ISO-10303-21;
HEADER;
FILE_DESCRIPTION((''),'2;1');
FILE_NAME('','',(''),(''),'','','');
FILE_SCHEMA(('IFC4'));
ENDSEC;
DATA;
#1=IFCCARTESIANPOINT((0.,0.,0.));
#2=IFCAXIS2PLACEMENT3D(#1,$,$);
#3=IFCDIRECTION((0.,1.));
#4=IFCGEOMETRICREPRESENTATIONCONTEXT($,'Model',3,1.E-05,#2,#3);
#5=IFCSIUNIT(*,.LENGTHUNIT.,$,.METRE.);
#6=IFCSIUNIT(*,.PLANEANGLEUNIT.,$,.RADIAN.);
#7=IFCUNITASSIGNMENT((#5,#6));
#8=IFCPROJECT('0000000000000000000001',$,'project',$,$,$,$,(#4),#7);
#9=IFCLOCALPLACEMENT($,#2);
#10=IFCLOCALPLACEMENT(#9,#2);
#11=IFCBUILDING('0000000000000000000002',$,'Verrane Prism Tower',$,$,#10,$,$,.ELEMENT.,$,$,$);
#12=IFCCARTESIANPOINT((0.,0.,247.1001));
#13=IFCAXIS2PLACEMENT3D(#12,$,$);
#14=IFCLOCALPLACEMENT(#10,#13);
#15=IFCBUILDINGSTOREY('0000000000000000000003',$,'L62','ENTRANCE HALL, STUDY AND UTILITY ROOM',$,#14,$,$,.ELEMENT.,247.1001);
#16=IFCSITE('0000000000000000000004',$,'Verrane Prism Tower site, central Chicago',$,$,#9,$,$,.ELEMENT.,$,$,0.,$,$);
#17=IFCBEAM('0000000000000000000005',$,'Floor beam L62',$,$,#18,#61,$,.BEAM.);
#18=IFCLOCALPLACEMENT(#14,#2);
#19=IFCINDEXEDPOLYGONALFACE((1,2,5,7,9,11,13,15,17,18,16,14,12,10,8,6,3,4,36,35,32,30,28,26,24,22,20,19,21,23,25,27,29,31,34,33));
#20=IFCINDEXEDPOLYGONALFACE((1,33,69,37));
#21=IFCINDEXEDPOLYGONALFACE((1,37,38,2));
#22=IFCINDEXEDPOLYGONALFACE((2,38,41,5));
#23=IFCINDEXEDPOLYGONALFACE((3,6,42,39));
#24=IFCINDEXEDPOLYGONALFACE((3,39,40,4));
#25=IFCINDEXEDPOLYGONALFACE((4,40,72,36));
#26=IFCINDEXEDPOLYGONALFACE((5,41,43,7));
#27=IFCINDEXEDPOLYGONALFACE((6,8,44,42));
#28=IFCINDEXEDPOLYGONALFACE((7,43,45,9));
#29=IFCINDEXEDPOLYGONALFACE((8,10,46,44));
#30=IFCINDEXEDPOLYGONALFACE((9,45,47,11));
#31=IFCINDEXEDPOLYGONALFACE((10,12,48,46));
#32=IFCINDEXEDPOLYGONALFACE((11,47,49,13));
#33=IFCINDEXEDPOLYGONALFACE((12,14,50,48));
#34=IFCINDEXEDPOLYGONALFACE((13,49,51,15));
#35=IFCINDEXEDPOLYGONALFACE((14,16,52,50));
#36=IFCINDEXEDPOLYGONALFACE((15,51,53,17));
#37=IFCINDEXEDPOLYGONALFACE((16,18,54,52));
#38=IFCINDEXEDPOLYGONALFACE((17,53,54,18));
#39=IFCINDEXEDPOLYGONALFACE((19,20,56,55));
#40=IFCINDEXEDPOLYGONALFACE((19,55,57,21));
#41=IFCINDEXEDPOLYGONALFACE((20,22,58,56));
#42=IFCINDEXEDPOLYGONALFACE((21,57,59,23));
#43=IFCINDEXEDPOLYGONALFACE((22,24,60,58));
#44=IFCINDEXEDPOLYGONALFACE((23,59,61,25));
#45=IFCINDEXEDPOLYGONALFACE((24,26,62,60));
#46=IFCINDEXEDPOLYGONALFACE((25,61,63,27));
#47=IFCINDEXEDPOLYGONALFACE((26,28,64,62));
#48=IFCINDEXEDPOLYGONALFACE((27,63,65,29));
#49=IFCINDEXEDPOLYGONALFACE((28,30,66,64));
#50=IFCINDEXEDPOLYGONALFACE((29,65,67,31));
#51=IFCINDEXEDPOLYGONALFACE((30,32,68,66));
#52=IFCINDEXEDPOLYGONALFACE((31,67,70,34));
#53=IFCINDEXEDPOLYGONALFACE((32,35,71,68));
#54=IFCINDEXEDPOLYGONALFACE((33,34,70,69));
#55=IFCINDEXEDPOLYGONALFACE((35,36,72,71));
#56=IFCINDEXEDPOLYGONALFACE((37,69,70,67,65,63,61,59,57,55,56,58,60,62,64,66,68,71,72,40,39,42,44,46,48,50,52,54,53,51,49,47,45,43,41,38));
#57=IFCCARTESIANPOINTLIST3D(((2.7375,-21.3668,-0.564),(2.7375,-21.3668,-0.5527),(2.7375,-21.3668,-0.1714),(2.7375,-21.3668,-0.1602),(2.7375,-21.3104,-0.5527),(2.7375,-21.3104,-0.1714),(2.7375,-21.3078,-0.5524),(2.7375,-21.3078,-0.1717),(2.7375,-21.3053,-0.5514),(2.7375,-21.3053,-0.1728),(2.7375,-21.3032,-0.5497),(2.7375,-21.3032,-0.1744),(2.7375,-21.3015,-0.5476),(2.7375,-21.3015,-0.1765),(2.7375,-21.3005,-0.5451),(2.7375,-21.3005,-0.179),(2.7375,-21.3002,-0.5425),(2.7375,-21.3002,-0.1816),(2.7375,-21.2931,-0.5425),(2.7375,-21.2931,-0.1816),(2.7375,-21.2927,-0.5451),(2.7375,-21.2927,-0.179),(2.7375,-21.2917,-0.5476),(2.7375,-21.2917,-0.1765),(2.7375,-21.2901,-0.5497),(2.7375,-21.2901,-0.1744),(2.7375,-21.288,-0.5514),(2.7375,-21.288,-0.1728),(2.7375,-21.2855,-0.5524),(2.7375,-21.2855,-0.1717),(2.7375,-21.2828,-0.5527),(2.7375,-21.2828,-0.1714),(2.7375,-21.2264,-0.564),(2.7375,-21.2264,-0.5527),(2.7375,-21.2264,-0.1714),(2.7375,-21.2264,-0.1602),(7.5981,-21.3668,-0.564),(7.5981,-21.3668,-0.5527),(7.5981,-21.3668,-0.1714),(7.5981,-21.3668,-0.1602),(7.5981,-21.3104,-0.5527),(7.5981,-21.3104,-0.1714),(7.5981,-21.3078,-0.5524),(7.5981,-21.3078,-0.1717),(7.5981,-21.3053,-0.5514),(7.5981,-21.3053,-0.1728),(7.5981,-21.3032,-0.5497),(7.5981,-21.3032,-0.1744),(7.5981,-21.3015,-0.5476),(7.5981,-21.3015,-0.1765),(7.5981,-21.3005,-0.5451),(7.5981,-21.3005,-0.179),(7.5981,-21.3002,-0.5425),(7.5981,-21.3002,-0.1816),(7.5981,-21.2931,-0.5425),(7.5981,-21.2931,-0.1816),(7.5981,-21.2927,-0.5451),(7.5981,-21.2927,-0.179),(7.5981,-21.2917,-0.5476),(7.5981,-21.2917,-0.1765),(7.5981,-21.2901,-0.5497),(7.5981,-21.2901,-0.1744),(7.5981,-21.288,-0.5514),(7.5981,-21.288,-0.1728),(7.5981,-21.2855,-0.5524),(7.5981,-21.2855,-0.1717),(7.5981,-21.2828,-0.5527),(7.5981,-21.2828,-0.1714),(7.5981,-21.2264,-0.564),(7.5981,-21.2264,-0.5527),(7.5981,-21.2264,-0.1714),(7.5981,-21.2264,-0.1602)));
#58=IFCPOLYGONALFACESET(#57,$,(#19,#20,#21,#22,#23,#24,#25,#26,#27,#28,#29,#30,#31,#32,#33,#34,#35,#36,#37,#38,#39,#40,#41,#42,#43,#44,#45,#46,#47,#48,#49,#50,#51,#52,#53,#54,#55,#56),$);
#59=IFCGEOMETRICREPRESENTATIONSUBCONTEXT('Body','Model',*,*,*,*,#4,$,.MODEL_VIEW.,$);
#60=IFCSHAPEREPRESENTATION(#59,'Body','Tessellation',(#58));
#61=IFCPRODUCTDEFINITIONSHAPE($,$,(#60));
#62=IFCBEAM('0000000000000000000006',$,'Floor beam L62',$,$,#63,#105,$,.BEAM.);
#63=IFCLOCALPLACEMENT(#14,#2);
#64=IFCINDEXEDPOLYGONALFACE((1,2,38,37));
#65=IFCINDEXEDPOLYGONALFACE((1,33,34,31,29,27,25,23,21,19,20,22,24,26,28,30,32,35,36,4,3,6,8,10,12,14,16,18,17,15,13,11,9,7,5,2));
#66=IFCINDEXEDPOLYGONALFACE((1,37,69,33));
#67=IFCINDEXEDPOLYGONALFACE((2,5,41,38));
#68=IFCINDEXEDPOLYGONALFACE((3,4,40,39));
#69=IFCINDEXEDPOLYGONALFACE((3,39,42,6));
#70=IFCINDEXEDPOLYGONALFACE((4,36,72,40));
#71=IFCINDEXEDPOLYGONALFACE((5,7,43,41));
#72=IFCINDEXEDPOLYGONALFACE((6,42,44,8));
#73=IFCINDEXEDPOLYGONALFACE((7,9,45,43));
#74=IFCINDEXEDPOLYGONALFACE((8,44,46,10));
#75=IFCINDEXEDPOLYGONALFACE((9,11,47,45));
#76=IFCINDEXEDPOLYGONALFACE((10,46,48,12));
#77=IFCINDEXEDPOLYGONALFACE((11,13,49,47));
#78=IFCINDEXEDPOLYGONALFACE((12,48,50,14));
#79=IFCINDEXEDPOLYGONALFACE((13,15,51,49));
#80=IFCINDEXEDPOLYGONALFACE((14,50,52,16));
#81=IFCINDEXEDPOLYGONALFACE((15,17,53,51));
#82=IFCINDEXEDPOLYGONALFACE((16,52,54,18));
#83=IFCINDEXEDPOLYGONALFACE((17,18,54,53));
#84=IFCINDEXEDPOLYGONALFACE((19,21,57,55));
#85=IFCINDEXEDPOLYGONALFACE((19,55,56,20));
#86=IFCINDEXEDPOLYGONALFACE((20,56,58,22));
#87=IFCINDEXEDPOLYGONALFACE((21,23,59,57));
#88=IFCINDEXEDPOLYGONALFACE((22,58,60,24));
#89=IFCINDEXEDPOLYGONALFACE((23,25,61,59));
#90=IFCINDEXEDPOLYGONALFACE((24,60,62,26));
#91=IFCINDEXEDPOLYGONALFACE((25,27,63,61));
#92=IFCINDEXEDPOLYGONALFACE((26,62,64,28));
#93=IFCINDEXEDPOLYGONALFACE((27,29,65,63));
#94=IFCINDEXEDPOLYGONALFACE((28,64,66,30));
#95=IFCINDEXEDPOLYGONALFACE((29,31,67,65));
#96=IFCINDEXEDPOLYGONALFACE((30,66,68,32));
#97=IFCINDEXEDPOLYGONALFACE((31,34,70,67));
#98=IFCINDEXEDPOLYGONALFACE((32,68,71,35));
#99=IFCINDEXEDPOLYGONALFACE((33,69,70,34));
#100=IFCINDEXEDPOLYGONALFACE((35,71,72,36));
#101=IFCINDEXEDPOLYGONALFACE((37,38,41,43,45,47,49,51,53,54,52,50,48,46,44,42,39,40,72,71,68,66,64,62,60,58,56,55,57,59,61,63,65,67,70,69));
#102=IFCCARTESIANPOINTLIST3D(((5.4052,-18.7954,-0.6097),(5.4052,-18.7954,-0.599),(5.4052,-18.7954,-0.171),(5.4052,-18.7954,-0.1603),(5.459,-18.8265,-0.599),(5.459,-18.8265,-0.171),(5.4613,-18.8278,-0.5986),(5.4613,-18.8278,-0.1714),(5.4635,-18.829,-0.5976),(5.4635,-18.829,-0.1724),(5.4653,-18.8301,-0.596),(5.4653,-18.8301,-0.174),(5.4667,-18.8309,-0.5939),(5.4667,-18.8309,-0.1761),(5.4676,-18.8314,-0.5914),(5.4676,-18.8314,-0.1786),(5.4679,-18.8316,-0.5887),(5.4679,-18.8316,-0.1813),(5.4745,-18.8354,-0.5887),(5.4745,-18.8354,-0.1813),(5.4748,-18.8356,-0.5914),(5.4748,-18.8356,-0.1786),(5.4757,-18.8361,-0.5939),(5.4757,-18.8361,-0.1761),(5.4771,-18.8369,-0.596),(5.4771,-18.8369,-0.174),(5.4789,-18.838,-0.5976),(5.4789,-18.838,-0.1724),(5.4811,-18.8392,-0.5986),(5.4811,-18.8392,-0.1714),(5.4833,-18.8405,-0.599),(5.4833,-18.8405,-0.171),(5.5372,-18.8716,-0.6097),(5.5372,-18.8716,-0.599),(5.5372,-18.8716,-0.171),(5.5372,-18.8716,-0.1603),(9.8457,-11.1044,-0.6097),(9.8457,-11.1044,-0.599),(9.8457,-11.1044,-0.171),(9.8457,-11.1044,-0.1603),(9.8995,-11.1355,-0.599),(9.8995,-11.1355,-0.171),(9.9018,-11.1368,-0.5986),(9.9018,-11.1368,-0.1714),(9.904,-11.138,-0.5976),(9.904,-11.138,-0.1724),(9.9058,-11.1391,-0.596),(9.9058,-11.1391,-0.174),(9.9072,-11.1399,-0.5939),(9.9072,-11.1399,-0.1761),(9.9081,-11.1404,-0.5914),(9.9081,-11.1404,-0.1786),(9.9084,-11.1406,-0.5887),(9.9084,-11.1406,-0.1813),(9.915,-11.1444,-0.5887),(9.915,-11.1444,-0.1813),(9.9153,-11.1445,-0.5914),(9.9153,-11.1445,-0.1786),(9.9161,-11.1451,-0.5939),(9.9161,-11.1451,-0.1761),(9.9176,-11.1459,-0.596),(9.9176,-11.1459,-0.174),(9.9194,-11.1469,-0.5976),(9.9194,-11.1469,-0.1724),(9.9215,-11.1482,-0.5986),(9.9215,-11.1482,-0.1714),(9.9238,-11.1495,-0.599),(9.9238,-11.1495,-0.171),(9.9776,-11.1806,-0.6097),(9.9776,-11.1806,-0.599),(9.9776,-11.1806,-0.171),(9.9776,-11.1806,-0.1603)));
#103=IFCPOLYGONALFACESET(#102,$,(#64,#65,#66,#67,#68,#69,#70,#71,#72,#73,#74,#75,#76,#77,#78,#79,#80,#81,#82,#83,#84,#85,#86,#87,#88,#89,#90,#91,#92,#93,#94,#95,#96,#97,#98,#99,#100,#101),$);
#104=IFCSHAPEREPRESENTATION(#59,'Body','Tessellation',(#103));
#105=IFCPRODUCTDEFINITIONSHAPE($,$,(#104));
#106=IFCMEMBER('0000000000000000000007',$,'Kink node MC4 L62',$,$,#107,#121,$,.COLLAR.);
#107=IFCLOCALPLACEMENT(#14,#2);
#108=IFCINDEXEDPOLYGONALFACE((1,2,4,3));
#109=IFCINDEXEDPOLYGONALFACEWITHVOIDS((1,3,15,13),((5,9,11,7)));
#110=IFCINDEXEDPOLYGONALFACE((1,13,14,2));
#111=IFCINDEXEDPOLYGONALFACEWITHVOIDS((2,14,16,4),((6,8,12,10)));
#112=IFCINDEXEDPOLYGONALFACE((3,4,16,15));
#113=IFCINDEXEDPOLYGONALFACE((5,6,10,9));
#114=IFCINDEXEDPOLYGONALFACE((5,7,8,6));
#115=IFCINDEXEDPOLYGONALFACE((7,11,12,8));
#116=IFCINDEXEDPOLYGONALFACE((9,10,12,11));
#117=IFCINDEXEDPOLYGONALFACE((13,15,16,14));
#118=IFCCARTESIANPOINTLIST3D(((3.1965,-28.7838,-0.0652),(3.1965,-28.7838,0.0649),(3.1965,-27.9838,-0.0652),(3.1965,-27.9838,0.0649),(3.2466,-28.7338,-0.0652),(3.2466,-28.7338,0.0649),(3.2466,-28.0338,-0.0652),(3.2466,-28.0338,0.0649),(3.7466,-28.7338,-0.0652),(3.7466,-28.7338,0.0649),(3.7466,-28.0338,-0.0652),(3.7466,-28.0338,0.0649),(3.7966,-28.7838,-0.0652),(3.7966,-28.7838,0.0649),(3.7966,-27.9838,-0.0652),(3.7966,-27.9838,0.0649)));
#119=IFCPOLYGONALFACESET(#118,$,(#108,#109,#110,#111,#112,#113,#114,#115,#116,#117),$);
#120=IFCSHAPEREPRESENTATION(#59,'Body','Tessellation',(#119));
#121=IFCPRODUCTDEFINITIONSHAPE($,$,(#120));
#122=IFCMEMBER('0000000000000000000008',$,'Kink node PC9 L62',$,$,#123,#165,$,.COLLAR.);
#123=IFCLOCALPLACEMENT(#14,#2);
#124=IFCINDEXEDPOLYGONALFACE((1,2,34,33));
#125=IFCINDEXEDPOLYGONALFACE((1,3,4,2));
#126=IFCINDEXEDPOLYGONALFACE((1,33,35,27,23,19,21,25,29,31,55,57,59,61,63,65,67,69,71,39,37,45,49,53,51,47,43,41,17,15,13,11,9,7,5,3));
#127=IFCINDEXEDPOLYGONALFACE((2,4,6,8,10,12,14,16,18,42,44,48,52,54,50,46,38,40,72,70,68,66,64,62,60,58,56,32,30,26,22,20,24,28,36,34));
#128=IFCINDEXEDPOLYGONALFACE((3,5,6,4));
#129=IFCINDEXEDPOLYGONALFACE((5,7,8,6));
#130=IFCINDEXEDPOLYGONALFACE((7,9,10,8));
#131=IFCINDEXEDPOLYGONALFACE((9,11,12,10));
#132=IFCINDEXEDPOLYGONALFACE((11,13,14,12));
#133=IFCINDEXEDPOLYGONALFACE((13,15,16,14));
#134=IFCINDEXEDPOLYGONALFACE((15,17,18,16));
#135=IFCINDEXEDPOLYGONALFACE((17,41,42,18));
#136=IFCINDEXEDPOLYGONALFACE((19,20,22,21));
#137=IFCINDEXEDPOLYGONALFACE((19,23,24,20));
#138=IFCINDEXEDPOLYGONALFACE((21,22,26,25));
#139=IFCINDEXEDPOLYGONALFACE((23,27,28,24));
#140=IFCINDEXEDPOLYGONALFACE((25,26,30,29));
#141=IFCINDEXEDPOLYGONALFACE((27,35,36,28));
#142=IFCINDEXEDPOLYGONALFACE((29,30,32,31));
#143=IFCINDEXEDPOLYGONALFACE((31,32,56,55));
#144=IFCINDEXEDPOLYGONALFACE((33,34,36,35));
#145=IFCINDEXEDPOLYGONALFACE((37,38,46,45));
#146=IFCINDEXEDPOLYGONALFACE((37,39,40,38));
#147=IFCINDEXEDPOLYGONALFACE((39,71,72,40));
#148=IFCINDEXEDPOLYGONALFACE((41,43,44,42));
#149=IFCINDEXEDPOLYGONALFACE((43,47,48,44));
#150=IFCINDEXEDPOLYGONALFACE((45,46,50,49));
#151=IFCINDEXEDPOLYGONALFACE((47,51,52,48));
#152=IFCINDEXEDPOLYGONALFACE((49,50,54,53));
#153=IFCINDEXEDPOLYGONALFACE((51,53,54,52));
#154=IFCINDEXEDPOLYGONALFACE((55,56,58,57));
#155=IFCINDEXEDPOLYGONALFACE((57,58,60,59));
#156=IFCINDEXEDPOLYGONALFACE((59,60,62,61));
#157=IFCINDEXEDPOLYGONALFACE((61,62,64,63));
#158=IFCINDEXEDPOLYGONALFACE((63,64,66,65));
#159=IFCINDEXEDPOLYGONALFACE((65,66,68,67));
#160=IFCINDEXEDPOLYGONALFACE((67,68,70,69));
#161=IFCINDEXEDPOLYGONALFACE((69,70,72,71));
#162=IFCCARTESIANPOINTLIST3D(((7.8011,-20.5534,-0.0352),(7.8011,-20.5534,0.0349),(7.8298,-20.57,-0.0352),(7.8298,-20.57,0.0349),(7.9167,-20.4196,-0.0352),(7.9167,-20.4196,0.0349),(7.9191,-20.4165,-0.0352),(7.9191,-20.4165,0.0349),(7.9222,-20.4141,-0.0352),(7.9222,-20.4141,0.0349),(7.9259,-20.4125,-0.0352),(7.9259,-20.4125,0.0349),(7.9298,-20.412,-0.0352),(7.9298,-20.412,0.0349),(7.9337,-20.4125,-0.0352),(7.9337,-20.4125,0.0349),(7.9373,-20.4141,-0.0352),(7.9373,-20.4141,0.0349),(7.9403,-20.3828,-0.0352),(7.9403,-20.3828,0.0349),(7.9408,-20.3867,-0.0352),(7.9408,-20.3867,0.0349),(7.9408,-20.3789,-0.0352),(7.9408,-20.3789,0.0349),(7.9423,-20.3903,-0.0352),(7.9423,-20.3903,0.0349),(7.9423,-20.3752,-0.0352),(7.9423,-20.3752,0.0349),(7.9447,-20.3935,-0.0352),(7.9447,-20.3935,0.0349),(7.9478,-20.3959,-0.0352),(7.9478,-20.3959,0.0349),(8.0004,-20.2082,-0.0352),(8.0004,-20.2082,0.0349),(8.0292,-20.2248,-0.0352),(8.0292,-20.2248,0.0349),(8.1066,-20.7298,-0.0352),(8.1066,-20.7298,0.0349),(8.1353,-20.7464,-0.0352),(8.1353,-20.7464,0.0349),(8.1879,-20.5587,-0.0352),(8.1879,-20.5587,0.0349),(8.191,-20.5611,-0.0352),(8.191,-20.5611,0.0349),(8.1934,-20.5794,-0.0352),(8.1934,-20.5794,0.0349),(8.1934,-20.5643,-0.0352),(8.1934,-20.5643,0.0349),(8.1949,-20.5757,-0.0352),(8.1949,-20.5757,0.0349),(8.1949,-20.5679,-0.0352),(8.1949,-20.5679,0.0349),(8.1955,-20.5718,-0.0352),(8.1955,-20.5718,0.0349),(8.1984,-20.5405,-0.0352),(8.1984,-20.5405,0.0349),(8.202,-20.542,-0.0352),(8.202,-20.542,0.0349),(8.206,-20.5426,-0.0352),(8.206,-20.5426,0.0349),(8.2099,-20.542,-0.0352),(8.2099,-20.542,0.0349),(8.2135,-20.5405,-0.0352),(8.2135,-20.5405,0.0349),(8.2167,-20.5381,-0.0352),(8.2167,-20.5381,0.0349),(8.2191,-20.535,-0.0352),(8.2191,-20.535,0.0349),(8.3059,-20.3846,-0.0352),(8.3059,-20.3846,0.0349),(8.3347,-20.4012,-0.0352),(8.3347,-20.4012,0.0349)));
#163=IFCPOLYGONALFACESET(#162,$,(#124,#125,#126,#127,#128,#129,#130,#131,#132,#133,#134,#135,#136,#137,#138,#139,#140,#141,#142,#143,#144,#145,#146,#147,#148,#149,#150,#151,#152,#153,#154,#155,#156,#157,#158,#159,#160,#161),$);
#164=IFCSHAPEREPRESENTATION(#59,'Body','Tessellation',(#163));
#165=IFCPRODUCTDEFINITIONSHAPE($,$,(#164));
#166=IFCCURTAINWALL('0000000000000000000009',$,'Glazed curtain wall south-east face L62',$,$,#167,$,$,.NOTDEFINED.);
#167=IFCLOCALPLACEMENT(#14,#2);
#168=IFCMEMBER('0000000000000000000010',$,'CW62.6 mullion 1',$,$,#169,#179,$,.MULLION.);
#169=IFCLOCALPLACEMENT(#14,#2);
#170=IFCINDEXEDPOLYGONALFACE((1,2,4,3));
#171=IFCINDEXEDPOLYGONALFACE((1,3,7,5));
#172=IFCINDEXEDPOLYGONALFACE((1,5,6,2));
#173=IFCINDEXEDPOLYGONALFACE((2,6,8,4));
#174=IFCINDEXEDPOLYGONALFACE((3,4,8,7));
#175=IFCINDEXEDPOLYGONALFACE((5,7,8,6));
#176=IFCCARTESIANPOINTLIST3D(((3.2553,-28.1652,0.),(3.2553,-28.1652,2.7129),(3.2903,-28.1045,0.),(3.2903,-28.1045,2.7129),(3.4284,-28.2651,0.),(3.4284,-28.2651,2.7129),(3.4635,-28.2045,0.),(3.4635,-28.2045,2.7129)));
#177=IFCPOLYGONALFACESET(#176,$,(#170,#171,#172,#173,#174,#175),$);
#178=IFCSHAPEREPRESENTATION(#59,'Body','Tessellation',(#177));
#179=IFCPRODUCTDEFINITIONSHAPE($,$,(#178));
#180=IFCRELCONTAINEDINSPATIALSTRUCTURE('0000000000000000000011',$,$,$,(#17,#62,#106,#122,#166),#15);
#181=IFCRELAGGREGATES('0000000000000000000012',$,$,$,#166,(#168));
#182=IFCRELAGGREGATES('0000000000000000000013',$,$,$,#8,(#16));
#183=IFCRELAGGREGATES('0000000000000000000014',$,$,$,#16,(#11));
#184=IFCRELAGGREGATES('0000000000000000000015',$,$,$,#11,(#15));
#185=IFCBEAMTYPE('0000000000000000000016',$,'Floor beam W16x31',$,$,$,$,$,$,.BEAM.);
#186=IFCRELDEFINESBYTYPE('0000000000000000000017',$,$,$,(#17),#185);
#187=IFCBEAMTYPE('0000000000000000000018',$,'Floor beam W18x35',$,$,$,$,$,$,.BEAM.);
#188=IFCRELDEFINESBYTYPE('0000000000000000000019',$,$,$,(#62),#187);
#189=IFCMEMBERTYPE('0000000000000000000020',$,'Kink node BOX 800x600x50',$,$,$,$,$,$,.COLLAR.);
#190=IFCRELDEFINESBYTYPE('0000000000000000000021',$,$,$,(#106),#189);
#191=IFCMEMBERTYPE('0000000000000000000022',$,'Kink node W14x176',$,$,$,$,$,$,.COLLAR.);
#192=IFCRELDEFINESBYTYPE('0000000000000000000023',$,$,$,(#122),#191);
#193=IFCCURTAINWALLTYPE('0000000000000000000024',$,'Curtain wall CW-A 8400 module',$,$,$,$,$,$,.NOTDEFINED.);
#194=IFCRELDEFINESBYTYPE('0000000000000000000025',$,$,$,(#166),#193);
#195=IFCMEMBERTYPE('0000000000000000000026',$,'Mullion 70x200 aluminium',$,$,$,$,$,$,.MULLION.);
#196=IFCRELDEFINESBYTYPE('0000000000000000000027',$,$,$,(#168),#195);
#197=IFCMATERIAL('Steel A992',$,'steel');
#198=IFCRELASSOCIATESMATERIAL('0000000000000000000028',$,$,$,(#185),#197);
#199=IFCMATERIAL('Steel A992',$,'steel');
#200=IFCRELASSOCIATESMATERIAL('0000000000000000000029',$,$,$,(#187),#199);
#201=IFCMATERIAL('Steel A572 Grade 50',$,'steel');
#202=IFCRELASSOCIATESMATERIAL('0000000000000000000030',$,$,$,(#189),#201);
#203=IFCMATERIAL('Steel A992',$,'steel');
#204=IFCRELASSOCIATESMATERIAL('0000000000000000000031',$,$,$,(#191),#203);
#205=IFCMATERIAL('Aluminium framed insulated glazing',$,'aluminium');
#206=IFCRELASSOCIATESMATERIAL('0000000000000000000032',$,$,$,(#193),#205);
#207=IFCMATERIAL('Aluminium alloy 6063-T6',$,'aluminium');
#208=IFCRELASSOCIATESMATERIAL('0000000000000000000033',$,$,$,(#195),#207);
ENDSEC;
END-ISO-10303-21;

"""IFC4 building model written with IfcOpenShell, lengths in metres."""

from ifc_helpers import new_model, si_unit, direction, frame, origin, origin_2d, place, context, subcontext, project, spatial, rectangle, hollow_rectangle, i_section, extrude, material, material_profile, profile_set, type_object, element, aggregate, save


model = new_model("IFC4")

# Units and contexts
model_context = context("Model", 3, precision=1e-05, world=origin(), true_north=direction((0.0, 1.0)))
body_context = subcontext(model_context, "Body", "Model", "MODEL_VIEW")
ifc_project = project(units=[si_unit("LENGTHUNIT", "METRE"), si_unit("PLANEANGLEUNIT", "RADIAN")], contexts=[model_context])

# Site, building, storey
site_placement = place(None, origin())
site = spatial("IfcSite", under=ifc_project, at=site_placement, Name="Verrane Prism Tower site, central Chicago", CompositionType="ELEMENT", RefElevation=0.0)
building_placement = place(site_placement, origin())
building = spatial("IfcBuilding", under=site, at=building_placement, Name="Verrane Prism Tower", CompositionType="ELEMENT")
storey_placement = place(building_placement, frame((0.0, 0.0, 247.1001)))
storey = spatial("IfcBuildingStorey", under=building, at=storey_placement, Name="L62", Description="ENTRANCE HALL, STUDY AND UTILITY ROOM", CompositionType="ELEMENT", Elevation=247.1001)

# Beams
ifc_material_1 = material(Name="Steel A992", Category="steel")
ifc_material_profile_1 = material_profile(ifc_material_1, i_section(OverallWidth=0.1404, OverallDepth=0.4038, WebThickness=0.0071, FlangeThickness=0.0112, FilletRadius=0.0103, at=origin_2d()), Name="W16x31")
ifc_profile_set_1 = profile_set([ifc_material_profile_1], Name="Steel A992")
beam_type_1 = type_object("IfcBeamType", Name="Floor beam W16x31", PredefinedType="BEAM", material=ifc_profile_set_1)
beam_1_placement = place(storey_placement, frame((2.7375, -21.2966, -0.3621), z_axis=(1.0, 0.0, 0.0), x_axis=(0.0, 1.0, 0.0)))
element("IfcBeam", 1, at=beam_1_placement, inside=storey, type_object=beam_type_1, Name="Floor beam L62", PredefinedType="BEAM", context=body_context, shape_type="SweptSolid", body=[
    extrude(i_section(OverallWidth=0.1404, OverallDepth=0.4038, WebThickness=0.0071, FlangeThickness=0.0112, FilletRadius=0.0103, at=origin_2d()), origin(), (0.0, 0.0, 1.0), 4.8606),
])
ifc_material_2 = material(Name="Steel A992", Category="steel")
ifc_material_profile_2 = material_profile(ifc_material_2, i_section(OverallWidth=0.1523, OverallDepth=0.4495, WebThickness=0.0076, FlangeThickness=0.0107, FilletRadius=0.0103, at=origin_2d()), Name="W18x35")
ifc_profile_set_2 = profile_set([ifc_material_profile_2], Name="Steel A992")
beam_type_2 = type_object("IfcBeamType", Name="Floor beam W18x35", PredefinedType="BEAM", material=ifc_profile_set_2)
beam_2_placement = place(storey_placement, frame((5.4712, -18.8335, -0.385), z_axis=(0.500006, 0.866022, 0.0), x_axis=(-0.866022, 0.500006, 0.0)))
element("IfcBeam", 2, at=beam_2_placement, inside=storey, type_object=beam_type_2, Name="Floor beam L62", PredefinedType="BEAM", context=body_context, shape_type="SweptSolid", body=[
    extrude(i_section(OverallWidth=0.1523, OverallDepth=0.4495, WebThickness=0.0076, FlangeThickness=0.0107, FilletRadius=0.0103, at=origin_2d()), origin(), (0.0, 0.0, 1.0), 8.8809),
])

# Members
ifc_material_3 = material(Name="Steel A572 Grade 50", Category="steel")
ifc_material_profile_3 = material_profile(ifc_material_3, hollow_rectangle(XDim=0.6001, YDim=0.8, WallThickness=0.05, at=origin_2d()), Name="BOX 800x600x50")
ifc_profile_set_3 = profile_set([ifc_material_profile_3], Name="Steel A572 Grade 50")
member_type_1 = type_object("IfcMemberType", Name="Kink node BOX 800x600x50", PredefinedType="COLLAR", material=ifc_profile_set_3)
member_1_placement = place(storey_placement, frame((3.4966, -28.3838, -0.0652), z_axis=(0.0, 0.0, 1.0), x_axis=(-1.0, 0.0, 0.0)))
element("IfcMember", 3, at=member_1_placement, inside=storey, type_object=member_type_1, Name="Kink node MC4 L62", PredefinedType="COLLAR", context=body_context, shape_type="SweptSolid", body=[
    extrude(hollow_rectangle(XDim=0.6001, YDim=0.8, WallThickness=0.05, at=origin_2d()), origin(), (0.0, 0.0, 1.0), 0.1301),
])
ifc_material_4 = material(Name="Steel A992", Category="steel")
ifc_material_profile_4 = material_profile(ifc_material_4, i_section(OverallWidth=0.3987, OverallDepth=0.386, WebThickness=0.021, FlangeThickness=0.0332, FilletRadius=0.0151, at=origin_2d()), Name="W14x176")
ifc_profile_set_4 = profile_set([ifc_material_profile_4], Name="Steel A992")
member_type_2 = type_object("IfcMemberType", Name="Kink node W14x176", PredefinedType="COLLAR", material=ifc_profile_set_4)
member_2_placement = place(storey_placement, frame((8.0679, -20.4773, -0.0352), z_axis=(0.0, 0.0, 1.0), x_axis=(-0.5, -0.866025, 0.0)))
element("IfcMember", 4, at=member_2_placement, inside=storey, type_object=member_type_2, Name="Kink node PC9 L62", PredefinedType="COLLAR", context=body_context, shape_type="SweptSolid", body=[
    extrude(i_section(OverallWidth=0.3987, OverallDepth=0.386, WebThickness=0.021, FlangeThickness=0.0332, FilletRadius=0.0151, at=origin_2d()), origin(), (0.0, 0.0, 1.0), 0.0701),
])

# Curtain wall, member
ifc_material_5 = material(Name="Aluminium framed insulated glazing", Category="aluminium")
curtain_wall_type_1 = type_object("IfcCurtainWallType", Name="Curtain wall CW-A 8400 module", PredefinedType="NOTDEFINED", material=ifc_material_5)
curtain_wall_1_placement = place(storey_placement, origin())
curtain_wall_1 = element("IfcCurtainWall", 5, at=curtain_wall_1_placement, inside=storey, type_object=curtain_wall_type_1, Name="Glazed curtain wall south-east face L62", PredefinedType="NOTDEFINED")
ifc_material_6 = material(Name="Aluminium alloy 6063-T6", Category="aluminium")
ifc_material_profile_5 = material_profile(ifc_material_6, rectangle(XDim=0.2, YDim=0.0701, at=origin_2d()), Name="Mullion 70x200 aluminium")
ifc_profile_set_5 = profile_set([ifc_material_profile_5], Name="Aluminium alloy 6063-T6")
member_type_3 = type_object("IfcMemberType", Name="Mullion 70x200 aluminium", PredefinedType="MULLION", material=ifc_profile_set_5)
member_3_placement = place(storey_placement, frame((3.3594, -28.1848, 0.0), z_axis=(0.0, 0.0, 1.0), x_axis=(-0.866026, 0.5, 0.0)))
member_3 = element("IfcMember", 6, at=member_3_placement, type_object=member_type_3, Name="CW62.6 mullion 1", PredefinedType="MULLION", context=body_context, shape_type="SweptSolid", body=[
    extrude(rectangle(XDim=0.2, YDim=0.0701, at=origin_2d()), origin(), (0.0, 0.0, 1.0), 2.7129),
])

aggregate(curtain_wall_1, [member_3])

save(model, "model.ifc")
